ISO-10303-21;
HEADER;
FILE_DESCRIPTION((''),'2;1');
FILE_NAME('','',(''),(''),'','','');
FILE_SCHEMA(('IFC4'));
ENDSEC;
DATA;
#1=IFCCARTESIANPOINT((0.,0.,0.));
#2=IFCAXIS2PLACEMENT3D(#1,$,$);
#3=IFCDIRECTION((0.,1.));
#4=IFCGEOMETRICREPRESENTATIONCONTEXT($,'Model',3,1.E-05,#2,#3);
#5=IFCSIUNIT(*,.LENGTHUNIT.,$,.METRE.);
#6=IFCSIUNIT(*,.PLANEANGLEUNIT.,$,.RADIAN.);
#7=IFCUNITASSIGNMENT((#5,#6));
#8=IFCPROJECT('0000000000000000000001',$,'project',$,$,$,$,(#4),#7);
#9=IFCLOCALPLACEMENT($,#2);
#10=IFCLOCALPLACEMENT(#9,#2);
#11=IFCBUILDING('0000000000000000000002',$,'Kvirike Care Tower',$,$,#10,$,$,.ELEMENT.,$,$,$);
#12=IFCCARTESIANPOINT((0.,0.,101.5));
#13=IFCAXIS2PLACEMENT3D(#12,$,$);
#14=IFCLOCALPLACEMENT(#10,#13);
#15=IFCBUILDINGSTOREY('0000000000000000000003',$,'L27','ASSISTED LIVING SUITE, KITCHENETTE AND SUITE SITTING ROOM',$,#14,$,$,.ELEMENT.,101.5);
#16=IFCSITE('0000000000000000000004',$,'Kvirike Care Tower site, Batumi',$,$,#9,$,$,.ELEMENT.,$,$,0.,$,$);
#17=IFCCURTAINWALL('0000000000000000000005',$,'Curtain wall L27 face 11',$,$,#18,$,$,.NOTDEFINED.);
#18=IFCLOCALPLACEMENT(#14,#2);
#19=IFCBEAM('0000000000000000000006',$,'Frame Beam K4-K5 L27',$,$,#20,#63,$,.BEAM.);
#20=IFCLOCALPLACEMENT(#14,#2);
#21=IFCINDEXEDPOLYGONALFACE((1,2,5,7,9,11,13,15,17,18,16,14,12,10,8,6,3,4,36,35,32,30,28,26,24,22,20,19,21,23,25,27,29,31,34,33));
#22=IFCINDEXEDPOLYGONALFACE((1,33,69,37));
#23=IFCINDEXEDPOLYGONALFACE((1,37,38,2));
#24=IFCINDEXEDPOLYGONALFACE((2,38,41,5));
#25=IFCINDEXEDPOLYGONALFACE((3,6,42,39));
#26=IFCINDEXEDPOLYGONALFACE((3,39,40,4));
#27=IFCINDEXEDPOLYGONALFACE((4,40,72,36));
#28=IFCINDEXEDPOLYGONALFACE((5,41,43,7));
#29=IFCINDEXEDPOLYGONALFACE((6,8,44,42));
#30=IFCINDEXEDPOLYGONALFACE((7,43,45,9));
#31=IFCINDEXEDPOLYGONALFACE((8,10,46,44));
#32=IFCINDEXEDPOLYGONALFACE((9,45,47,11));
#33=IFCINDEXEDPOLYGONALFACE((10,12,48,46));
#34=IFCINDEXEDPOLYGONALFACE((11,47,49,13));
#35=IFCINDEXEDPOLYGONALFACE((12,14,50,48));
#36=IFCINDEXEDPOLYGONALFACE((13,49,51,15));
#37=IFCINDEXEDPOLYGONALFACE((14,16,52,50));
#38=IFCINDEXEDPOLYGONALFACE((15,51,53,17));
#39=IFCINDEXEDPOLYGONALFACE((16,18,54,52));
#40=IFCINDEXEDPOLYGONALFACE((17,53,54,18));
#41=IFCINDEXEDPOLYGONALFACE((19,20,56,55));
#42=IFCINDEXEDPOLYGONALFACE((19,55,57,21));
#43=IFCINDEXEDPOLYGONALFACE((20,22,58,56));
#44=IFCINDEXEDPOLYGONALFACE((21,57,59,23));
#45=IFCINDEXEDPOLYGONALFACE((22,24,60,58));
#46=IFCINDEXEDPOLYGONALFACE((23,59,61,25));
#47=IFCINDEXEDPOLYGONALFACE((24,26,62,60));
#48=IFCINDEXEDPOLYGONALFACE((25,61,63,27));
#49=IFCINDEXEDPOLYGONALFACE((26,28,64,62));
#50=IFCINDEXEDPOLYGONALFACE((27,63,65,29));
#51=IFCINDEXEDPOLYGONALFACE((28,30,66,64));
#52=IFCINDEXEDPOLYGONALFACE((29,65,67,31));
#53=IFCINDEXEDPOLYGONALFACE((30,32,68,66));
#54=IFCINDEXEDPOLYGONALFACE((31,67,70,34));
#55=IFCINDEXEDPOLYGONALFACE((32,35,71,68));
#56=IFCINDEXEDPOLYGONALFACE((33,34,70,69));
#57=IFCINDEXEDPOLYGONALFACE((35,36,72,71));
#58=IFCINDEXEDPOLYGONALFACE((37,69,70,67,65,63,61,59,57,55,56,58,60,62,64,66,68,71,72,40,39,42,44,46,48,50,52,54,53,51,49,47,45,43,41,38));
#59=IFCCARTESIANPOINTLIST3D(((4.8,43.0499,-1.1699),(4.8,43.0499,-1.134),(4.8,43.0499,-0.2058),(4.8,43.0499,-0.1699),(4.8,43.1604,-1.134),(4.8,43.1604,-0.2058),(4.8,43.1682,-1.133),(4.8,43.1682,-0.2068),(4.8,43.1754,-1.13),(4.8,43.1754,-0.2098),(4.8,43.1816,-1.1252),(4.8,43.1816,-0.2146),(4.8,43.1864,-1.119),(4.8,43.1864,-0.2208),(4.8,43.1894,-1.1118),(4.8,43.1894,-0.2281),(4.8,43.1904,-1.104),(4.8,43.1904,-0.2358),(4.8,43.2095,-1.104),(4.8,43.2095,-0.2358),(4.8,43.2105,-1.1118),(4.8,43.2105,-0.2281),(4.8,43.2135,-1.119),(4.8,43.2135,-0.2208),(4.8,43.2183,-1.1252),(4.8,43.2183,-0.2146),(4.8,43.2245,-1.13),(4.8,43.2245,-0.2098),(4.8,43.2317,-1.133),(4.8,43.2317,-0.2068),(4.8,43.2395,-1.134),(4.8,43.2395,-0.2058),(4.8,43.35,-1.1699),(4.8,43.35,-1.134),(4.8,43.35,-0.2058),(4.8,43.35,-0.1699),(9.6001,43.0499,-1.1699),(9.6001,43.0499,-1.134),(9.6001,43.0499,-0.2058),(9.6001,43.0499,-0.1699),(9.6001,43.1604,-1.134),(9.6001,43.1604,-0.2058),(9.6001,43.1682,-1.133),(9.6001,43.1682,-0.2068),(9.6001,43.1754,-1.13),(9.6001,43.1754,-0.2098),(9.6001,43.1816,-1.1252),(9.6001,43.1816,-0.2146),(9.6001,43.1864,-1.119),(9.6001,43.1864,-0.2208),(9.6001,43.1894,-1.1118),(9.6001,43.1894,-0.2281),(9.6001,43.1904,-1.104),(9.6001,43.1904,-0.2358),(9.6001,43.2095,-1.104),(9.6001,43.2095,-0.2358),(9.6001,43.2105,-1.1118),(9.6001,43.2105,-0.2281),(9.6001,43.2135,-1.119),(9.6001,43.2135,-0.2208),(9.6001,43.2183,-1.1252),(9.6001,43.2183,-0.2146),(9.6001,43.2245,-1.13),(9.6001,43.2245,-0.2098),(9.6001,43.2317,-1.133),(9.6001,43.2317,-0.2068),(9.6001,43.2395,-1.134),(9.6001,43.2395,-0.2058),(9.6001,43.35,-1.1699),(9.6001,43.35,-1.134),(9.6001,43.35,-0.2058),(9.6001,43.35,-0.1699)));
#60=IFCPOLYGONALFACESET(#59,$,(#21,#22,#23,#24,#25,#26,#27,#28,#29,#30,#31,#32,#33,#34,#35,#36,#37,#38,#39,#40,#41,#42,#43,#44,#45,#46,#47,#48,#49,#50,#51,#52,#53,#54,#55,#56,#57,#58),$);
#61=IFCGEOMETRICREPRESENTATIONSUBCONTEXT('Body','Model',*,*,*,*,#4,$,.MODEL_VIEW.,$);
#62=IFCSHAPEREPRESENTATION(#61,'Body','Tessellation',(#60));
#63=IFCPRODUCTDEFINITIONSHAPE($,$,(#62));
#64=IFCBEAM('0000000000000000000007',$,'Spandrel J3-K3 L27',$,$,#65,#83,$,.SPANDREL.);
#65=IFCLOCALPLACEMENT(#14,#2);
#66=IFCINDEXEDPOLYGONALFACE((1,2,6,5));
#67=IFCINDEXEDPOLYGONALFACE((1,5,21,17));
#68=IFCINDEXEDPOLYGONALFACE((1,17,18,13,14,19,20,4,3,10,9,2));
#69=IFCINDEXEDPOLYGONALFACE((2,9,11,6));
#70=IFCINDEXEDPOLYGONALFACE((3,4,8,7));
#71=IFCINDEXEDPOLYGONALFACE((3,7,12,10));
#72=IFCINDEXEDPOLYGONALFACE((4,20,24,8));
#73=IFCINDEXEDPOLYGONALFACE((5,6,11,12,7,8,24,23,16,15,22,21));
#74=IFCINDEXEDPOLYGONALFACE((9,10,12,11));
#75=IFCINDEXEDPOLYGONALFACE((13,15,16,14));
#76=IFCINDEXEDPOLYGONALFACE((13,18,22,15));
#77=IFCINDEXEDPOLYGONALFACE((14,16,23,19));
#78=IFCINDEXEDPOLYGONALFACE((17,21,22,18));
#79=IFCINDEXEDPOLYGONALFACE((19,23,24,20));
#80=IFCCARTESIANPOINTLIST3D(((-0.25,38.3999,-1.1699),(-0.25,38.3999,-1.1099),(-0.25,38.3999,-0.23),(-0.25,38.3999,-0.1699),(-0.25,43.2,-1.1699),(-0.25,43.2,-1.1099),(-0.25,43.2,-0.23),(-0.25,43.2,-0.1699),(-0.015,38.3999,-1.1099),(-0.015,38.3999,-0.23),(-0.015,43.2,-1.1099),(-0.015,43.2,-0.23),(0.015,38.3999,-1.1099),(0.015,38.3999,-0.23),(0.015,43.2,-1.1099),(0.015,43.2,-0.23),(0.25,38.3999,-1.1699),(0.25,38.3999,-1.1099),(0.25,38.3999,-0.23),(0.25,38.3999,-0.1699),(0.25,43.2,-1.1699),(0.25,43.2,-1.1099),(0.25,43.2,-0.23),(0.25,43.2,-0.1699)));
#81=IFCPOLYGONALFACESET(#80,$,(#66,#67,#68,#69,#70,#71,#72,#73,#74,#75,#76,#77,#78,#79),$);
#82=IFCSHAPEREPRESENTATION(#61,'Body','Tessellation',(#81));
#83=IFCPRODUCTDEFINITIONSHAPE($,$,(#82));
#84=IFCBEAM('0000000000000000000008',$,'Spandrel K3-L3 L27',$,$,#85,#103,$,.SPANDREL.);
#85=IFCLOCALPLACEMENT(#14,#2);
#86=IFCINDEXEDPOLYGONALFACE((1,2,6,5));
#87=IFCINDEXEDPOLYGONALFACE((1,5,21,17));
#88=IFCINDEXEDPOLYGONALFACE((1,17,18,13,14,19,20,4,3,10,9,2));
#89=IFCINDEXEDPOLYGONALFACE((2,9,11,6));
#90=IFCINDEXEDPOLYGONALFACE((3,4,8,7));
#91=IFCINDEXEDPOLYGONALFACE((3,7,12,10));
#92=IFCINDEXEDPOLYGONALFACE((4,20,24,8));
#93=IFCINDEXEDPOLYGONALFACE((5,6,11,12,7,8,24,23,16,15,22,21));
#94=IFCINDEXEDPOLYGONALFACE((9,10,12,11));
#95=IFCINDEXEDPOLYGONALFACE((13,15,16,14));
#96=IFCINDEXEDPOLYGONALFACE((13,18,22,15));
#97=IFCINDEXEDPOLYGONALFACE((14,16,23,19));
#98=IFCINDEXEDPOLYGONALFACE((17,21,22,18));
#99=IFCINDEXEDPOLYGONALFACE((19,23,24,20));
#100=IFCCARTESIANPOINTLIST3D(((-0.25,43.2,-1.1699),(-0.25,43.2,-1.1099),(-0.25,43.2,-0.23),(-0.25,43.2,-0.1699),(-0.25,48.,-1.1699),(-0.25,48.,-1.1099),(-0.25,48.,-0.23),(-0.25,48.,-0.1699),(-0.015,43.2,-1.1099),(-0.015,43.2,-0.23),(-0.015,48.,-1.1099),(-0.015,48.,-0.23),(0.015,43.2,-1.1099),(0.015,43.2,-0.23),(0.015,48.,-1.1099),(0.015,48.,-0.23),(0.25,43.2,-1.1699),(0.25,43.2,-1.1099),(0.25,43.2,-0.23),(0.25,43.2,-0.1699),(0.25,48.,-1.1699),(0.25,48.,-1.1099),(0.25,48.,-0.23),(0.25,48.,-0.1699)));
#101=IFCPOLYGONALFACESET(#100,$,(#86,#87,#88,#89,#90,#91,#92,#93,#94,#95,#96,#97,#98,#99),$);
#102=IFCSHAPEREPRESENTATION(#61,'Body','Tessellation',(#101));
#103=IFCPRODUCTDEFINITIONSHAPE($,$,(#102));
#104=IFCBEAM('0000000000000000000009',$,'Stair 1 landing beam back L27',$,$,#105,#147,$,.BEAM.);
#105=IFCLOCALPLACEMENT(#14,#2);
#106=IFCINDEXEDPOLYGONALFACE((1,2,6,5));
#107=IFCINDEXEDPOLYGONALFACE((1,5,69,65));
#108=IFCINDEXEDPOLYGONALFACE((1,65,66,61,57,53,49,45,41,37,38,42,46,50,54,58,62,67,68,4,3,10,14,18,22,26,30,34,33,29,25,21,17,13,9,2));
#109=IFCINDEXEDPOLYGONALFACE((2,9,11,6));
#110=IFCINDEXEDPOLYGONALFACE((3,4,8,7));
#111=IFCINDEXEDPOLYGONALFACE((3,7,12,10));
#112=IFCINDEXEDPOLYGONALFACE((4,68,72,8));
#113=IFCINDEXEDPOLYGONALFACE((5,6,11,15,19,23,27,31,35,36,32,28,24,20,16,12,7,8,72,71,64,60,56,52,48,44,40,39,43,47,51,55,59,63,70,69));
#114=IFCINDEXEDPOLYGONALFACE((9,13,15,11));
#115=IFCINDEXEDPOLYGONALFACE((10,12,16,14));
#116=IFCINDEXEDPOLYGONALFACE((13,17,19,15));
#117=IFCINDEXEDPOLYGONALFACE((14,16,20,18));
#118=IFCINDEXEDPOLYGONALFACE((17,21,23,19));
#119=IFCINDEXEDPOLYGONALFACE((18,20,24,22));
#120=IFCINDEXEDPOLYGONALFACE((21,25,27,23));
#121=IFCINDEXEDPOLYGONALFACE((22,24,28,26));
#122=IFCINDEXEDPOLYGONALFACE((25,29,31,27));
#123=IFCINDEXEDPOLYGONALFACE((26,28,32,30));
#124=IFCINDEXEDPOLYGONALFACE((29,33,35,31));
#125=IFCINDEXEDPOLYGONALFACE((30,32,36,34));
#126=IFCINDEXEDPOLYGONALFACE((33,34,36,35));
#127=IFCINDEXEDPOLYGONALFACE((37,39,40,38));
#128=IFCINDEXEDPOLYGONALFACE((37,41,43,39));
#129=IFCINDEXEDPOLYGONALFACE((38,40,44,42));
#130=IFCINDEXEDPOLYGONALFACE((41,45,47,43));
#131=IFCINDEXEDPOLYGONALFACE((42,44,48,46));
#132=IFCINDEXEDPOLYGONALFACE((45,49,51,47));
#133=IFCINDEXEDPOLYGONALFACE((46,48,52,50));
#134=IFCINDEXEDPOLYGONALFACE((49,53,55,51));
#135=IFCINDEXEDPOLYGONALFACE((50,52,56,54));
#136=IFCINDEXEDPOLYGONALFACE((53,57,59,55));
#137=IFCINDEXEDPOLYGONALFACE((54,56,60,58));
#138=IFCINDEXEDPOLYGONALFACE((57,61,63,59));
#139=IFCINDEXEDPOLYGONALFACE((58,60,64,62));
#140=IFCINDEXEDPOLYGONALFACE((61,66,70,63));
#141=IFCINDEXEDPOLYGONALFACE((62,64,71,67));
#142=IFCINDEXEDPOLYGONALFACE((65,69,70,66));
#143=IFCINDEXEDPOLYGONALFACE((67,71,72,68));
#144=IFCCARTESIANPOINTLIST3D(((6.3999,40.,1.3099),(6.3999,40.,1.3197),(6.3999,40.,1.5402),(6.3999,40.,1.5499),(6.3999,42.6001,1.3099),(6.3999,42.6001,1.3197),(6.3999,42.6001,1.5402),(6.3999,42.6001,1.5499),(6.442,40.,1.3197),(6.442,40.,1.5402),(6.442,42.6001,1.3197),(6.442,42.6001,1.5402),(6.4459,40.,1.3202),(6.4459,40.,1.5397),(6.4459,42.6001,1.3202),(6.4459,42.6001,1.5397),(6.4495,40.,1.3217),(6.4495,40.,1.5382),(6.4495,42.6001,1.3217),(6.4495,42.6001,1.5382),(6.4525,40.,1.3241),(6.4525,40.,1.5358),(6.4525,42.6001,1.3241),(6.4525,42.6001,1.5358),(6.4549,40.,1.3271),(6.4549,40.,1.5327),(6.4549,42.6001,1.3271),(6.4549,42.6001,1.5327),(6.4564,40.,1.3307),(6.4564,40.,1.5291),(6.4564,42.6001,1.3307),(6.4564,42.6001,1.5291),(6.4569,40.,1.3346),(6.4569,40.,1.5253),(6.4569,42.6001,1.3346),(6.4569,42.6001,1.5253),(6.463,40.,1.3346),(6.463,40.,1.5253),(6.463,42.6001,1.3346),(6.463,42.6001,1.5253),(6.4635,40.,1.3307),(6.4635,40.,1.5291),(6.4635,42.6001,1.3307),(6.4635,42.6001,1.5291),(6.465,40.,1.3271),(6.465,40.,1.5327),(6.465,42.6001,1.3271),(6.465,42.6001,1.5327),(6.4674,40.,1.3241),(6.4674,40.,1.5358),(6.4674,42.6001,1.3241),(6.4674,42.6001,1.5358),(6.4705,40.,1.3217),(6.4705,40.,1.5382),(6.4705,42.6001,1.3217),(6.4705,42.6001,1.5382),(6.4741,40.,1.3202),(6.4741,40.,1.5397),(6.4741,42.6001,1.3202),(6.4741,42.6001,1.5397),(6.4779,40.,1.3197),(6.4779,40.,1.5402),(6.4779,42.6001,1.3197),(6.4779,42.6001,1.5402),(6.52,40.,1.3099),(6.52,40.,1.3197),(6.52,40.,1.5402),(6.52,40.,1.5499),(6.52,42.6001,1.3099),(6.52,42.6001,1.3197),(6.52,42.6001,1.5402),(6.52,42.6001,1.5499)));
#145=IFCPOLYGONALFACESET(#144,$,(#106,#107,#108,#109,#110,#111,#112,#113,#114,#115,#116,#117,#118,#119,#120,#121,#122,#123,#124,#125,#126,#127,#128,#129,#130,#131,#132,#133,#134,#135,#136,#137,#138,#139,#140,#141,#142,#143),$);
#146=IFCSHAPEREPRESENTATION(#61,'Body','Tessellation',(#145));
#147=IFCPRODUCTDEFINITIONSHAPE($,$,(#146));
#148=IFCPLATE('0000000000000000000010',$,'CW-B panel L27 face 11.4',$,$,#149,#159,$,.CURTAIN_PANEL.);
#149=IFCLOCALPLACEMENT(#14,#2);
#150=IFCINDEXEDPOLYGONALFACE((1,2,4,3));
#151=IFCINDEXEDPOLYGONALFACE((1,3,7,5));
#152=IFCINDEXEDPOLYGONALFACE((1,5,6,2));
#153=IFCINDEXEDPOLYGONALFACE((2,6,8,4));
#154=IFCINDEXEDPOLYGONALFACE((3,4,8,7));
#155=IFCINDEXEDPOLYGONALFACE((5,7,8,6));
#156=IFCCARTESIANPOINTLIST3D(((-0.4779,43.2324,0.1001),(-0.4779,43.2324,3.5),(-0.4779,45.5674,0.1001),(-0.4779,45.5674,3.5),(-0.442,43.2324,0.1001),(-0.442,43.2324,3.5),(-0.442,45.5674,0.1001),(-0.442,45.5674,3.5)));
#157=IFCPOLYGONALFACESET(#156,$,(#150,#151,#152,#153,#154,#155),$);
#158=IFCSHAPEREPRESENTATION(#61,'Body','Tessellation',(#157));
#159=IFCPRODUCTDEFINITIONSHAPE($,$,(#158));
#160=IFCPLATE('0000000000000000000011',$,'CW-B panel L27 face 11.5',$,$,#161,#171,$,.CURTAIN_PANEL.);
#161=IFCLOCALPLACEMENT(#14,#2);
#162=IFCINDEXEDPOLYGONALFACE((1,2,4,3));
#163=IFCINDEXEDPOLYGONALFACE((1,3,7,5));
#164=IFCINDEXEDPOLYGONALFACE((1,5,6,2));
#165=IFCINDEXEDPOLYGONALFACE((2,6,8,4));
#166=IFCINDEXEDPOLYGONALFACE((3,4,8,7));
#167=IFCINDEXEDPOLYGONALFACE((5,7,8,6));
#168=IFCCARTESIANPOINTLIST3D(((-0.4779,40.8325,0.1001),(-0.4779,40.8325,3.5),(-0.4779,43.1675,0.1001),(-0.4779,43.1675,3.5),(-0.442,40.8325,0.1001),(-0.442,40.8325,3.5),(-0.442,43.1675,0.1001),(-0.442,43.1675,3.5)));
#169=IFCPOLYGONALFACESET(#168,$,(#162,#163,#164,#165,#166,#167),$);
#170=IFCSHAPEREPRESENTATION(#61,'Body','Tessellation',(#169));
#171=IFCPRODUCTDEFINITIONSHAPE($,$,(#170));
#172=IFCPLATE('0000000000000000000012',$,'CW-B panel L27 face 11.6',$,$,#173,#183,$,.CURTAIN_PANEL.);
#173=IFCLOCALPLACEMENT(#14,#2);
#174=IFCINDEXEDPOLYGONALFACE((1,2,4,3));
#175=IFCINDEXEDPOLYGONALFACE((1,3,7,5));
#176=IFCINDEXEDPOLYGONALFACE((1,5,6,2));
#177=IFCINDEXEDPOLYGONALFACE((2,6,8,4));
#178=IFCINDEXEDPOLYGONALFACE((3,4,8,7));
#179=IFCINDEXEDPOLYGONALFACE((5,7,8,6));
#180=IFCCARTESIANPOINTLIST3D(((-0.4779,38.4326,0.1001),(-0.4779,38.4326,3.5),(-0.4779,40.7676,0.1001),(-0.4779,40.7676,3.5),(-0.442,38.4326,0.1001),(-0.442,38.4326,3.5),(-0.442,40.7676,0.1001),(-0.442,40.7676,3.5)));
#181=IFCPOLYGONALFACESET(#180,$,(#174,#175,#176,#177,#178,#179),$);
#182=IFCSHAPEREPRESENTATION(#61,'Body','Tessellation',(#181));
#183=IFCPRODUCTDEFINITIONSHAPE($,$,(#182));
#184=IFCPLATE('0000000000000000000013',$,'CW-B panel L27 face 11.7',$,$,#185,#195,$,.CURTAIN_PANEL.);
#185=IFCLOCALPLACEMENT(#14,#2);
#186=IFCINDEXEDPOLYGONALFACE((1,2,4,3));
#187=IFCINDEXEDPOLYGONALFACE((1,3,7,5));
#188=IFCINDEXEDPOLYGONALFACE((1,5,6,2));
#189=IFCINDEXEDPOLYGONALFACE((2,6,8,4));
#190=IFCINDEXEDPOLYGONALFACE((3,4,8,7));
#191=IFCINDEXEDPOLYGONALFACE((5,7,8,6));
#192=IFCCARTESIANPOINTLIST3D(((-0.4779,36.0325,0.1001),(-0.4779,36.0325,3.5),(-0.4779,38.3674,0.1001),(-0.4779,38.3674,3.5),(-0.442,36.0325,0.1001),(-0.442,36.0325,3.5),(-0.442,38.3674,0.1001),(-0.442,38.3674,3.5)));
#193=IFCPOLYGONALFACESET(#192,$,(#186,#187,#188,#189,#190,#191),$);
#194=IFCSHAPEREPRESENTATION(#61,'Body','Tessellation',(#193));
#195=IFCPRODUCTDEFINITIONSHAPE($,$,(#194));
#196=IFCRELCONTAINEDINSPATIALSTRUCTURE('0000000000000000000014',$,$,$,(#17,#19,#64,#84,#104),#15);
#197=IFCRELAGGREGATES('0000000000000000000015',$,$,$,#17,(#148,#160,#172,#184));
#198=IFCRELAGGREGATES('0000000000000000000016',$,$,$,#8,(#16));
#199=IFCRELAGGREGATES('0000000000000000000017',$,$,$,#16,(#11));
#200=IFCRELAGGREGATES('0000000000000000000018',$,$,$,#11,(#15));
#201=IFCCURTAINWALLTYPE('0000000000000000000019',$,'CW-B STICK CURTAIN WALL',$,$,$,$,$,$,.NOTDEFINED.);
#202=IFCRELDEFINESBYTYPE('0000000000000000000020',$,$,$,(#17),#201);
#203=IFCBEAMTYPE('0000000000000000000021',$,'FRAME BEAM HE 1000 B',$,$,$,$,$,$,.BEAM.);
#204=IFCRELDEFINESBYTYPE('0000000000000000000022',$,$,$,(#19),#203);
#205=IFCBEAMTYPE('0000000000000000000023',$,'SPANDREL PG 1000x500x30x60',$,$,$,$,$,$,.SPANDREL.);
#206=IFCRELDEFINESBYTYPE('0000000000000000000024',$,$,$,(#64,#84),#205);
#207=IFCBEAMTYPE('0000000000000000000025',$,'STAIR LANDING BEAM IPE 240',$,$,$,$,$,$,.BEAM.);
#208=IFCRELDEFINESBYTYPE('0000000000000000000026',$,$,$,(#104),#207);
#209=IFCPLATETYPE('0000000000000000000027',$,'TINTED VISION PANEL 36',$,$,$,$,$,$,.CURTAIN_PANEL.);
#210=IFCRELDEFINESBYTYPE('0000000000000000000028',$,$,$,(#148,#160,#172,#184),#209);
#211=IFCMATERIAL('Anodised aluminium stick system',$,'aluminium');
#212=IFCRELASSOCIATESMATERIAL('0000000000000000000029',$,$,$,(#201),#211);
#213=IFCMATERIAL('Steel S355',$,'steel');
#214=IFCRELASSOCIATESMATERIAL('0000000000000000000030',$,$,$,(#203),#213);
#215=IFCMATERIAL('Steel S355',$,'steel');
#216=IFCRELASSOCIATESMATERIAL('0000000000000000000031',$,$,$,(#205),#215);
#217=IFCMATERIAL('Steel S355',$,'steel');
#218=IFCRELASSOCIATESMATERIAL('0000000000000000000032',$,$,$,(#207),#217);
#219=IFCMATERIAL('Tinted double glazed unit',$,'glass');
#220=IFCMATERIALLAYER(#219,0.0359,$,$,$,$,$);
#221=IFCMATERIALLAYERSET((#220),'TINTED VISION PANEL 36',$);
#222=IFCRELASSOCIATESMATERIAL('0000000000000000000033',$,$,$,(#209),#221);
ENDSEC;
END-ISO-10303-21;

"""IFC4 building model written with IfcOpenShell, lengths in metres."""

from ifc_helpers import new_model, si_unit, direction, frame, origin, origin_2d, place, context, subcontext, project, spatial, rectangle, i_section, extrude, material, layer, layer_set, material_profile, profile_set, type_object, element, aggregate, save


model = new_model("IFC4")

# Units and contexts
model_context = context("Model", 3, precision=1e-05, world=origin(), true_north=direction((0.0, 1.0)))
body_context = subcontext(model_context, "Body", "Model", "MODEL_VIEW")
ifc_project = project(units=[si_unit("LENGTHUNIT", "METRE"), si_unit("PLANEANGLEUNIT", "RADIAN")], contexts=[model_context])

# Site, building, storey
site_placement = place(None, origin())
site = spatial("IfcSite", under=ifc_project, at=site_placement, Name="Kvirike Care Tower site, Batumi", CompositionType="ELEMENT", RefElevation=0.0)
building_placement = place(site_placement, origin())
building = spatial("IfcBuilding", under=site, at=building_placement, Name="Kvirike Care Tower", CompositionType="ELEMENT")
storey_placement = place(building_placement, frame((0.0, 0.0, 101.5)))
storey = spatial("IfcBuildingStorey", under=building, at=storey_placement, Name="L27", Description="ASSISTED LIVING SUITE, KITCHENETTE AND SUITE SITTING ROOM", CompositionType="ELEMENT", Elevation=101.5)

# Curtain wall
ifc_material_1 = material(Name="Anodised aluminium stick system", Category="aluminium")
curtain_wall_type = type_object("IfcCurtainWallType", Name="CW-B STICK CURTAIN WALL", PredefinedType="NOTDEFINED", material=ifc_material_1)
curtain_wall_placement = place(storey_placement, origin())
curtain_wall = element("IfcCurtainWall", 1, at=curtain_wall_placement, inside=storey, type_object=curtain_wall_type, Name="Curtain wall L27 face 11", PredefinedType="NOTDEFINED")

# Beams
ifc_material_2 = material(Name="Steel S355", Category="steel")
ifc_material_profile_1 = material_profile(ifc_material_2, i_section(OverallWidth=0.3, OverallDepth=1.0, WebThickness=0.019, FlangeThickness=0.0359, FilletRadius=0.03, at=origin_2d()), Name="HE 1000 B")
ifc_profile_set_1 = profile_set([ifc_material_profile_1], Name="Steel S355")
beam_type_1 = type_object("IfcBeamType", Name="FRAME BEAM HE 1000 B", PredefinedType="BEAM", material=ifc_profile_set_1)
for number, where, z_axis, x_axis, name in (
    (2, (4.8, 43.2, -0.6699), (1.0, 0.0, 0.0), (0.0, 1.0, 0.0), "Frame Beam K4-K5 L27"),
):
    element("IfcBeam", number, at=place(storey_placement, frame(where, z_axis=z_axis, x_axis=x_axis)), inside=storey, type_object=beam_type_1, Name=name, PredefinedType="BEAM", context=body_context, shape_type="SweptSolid", body=[
        extrude(i_section(OverallWidth=0.3, OverallDepth=1.0, WebThickness=0.019, FlangeThickness=0.0359, FilletRadius=0.03, at=origin_2d()), origin(), (0.0, 0.0, 1.0), 4.8),
    ])
ifc_material_3 = material(Name="Steel S355", Category="steel")
ifc_material_profile_2 = material_profile(ifc_material_3, i_section(OverallWidth=0.5, OverallDepth=1.0, WebThickness=0.03, FlangeThickness=0.0601, at=origin_2d()), Name="PG 1000x500x30x60")
ifc_profile_set_2 = profile_set([ifc_material_profile_2], Name="Steel S355")
beam_type_2 = type_object("IfcBeamType", Name="SPANDREL PG 1000x500x30x60", PredefinedType="SPANDREL", material=ifc_profile_set_2)
for number, where, z_axis, x_axis, name in (
    (3, (0.0, 38.3999, -0.6699), (0.0, 1.0, 0.0), (-1.0, 0.0, 0.0), "Spandrel J3-K3 L27"),
    (4, (0.0, 43.2, -0.6699), (0.0, 1.0, 0.0), (-1.0, 0.0, 0.0), "Spandrel K3-L3 L27"),
):
    element("IfcBeam", number, at=place(storey_placement, frame(where, z_axis=z_axis, x_axis=x_axis)), inside=storey, type_object=beam_type_2, Name=name, PredefinedType="SPANDREL", context=body_context, shape_type="SweptSolid", body=[
        extrude(i_section(OverallWidth=0.5, OverallDepth=1.0, WebThickness=0.03, FlangeThickness=0.0601, at=origin_2d()), origin(), (0.0, 0.0, 1.0), 4.8),
    ])
ifc_material_4 = material(Name="Steel S355", Category="steel")
ifc_material_profile_3 = material_profile(ifc_material_4, i_section(OverallWidth=0.1201, OverallDepth=0.24, WebThickness=0.0061, FlangeThickness=0.0098, FilletRadius=0.0149, at=origin_2d()), Name="IPE 240")
ifc_profile_set_3 = profile_set([ifc_material_profile_3], Name="Steel S355")
beam_type_3 = type_object("IfcBeamType", Name="STAIR LANDING BEAM IPE 240", PredefinedType="BEAM", material=ifc_profile_set_3)
beam_1_placement = place(storey_placement, frame((6.46, 42.6001, 1.4299), z_axis=(0.0, -1.0, 0.0), x_axis=(1.0, 0.0, 0.0)))
element("IfcBeam", 5, at=beam_1_placement, inside=storey, type_object=beam_type_3, Name="Stair 1 landing beam back L27", PredefinedType="BEAM", context=body_context, shape_type="SweptSolid", body=[
    extrude(i_section(OverallWidth=0.1201, OverallDepth=0.24, WebThickness=0.0061, FlangeThickness=0.0098, FilletRadius=0.0149, at=origin_2d()), origin(), (0.0, 0.0, 1.0), 2.6001),
])

# Plates
ifc_material_5 = material(Name="Tinted double glazed unit", Category="glass")
ifc_layer_1 = layer(ifc_material_5, 0.0359)
ifc_layer_set_1 = layer_set([ifc_layer_1], Name="TINTED VISION PANEL 36")
plate_type = type_object("IfcPlateType", Name="TINTED VISION PANEL 36", PredefinedType="CURTAIN_PANEL", material=ifc_layer_set_1)
plate_1_placement = place(storey_placement, frame((-0.46, 44.3999, 0.1001), z_axis=(0.0, 0.0, 1.0), x_axis=(0.0, -1.0, 0.0)))
plate_1 = element("IfcPlate", 6, at=plate_1_placement, type_object=plate_type, Name="CW-B panel L27 face 11.4", PredefinedType="CURTAIN_PANEL", context=body_context, shape_type="SweptSolid", body=[
    extrude(rectangle(XDim=2.335, YDim=0.0359, at=origin_2d()), origin(), (0.0, 0.0, 1.0), 3.3999),
])
plate_2_placement = place(storey_placement, frame((-0.46, 42.0, 0.1001), z_axis=(0.0, 0.0, 1.0), x_axis=(0.0, -1.0, 0.0)))
plate_2 = element("IfcPlate", 7, at=plate_2_placement, type_object=plate_type, Name="CW-B panel L27 face 11.5", PredefinedType="CURTAIN_PANEL", context=body_context, shape_type="SweptSolid", body=[
    extrude(rectangle(XDim=2.335, YDim=0.0359, at=origin_2d()), origin(), (0.0, 0.0, 1.0), 3.3999),
])
plate_3_placement = place(storey_placement, frame((-0.46, 39.6001, 0.1001), z_axis=(0.0, 0.0, 1.0), x_axis=(0.0, -1.0, 0.0)))
plate_3 = element("IfcPlate", 8, at=plate_3_placement, type_object=plate_type, Name="CW-B panel L27 face 11.6", PredefinedType="CURTAIN_PANEL", context=body_context, shape_type="SweptSolid", body=[
    extrude(rectangle(XDim=2.335, YDim=0.0359, at=origin_2d()), origin(), (0.0, 0.0, 1.0), 3.3999),
])
plate_4_placement = place(storey_placement, frame((-0.46, 37.2, 0.1001), z_axis=(0.0, 0.0, 1.0), x_axis=(0.0, -1.0, 0.0)))
plate_4 = element("IfcPlate", 9, at=plate_4_placement, type_object=plate_type, Name="CW-B panel L27 face 11.7", PredefinedType="CURTAIN_PANEL", context=body_context, shape_type="SweptSolid", body=[
    extrude(rectangle(XDim=2.335, YDim=0.0359, at=origin_2d()), origin(), (0.0, 0.0, 1.0), 3.3999),
])
aggregate(curtain_wall, [plate_1, plate_2, plate_3, plate_4])

save(model, "model.ifc")
